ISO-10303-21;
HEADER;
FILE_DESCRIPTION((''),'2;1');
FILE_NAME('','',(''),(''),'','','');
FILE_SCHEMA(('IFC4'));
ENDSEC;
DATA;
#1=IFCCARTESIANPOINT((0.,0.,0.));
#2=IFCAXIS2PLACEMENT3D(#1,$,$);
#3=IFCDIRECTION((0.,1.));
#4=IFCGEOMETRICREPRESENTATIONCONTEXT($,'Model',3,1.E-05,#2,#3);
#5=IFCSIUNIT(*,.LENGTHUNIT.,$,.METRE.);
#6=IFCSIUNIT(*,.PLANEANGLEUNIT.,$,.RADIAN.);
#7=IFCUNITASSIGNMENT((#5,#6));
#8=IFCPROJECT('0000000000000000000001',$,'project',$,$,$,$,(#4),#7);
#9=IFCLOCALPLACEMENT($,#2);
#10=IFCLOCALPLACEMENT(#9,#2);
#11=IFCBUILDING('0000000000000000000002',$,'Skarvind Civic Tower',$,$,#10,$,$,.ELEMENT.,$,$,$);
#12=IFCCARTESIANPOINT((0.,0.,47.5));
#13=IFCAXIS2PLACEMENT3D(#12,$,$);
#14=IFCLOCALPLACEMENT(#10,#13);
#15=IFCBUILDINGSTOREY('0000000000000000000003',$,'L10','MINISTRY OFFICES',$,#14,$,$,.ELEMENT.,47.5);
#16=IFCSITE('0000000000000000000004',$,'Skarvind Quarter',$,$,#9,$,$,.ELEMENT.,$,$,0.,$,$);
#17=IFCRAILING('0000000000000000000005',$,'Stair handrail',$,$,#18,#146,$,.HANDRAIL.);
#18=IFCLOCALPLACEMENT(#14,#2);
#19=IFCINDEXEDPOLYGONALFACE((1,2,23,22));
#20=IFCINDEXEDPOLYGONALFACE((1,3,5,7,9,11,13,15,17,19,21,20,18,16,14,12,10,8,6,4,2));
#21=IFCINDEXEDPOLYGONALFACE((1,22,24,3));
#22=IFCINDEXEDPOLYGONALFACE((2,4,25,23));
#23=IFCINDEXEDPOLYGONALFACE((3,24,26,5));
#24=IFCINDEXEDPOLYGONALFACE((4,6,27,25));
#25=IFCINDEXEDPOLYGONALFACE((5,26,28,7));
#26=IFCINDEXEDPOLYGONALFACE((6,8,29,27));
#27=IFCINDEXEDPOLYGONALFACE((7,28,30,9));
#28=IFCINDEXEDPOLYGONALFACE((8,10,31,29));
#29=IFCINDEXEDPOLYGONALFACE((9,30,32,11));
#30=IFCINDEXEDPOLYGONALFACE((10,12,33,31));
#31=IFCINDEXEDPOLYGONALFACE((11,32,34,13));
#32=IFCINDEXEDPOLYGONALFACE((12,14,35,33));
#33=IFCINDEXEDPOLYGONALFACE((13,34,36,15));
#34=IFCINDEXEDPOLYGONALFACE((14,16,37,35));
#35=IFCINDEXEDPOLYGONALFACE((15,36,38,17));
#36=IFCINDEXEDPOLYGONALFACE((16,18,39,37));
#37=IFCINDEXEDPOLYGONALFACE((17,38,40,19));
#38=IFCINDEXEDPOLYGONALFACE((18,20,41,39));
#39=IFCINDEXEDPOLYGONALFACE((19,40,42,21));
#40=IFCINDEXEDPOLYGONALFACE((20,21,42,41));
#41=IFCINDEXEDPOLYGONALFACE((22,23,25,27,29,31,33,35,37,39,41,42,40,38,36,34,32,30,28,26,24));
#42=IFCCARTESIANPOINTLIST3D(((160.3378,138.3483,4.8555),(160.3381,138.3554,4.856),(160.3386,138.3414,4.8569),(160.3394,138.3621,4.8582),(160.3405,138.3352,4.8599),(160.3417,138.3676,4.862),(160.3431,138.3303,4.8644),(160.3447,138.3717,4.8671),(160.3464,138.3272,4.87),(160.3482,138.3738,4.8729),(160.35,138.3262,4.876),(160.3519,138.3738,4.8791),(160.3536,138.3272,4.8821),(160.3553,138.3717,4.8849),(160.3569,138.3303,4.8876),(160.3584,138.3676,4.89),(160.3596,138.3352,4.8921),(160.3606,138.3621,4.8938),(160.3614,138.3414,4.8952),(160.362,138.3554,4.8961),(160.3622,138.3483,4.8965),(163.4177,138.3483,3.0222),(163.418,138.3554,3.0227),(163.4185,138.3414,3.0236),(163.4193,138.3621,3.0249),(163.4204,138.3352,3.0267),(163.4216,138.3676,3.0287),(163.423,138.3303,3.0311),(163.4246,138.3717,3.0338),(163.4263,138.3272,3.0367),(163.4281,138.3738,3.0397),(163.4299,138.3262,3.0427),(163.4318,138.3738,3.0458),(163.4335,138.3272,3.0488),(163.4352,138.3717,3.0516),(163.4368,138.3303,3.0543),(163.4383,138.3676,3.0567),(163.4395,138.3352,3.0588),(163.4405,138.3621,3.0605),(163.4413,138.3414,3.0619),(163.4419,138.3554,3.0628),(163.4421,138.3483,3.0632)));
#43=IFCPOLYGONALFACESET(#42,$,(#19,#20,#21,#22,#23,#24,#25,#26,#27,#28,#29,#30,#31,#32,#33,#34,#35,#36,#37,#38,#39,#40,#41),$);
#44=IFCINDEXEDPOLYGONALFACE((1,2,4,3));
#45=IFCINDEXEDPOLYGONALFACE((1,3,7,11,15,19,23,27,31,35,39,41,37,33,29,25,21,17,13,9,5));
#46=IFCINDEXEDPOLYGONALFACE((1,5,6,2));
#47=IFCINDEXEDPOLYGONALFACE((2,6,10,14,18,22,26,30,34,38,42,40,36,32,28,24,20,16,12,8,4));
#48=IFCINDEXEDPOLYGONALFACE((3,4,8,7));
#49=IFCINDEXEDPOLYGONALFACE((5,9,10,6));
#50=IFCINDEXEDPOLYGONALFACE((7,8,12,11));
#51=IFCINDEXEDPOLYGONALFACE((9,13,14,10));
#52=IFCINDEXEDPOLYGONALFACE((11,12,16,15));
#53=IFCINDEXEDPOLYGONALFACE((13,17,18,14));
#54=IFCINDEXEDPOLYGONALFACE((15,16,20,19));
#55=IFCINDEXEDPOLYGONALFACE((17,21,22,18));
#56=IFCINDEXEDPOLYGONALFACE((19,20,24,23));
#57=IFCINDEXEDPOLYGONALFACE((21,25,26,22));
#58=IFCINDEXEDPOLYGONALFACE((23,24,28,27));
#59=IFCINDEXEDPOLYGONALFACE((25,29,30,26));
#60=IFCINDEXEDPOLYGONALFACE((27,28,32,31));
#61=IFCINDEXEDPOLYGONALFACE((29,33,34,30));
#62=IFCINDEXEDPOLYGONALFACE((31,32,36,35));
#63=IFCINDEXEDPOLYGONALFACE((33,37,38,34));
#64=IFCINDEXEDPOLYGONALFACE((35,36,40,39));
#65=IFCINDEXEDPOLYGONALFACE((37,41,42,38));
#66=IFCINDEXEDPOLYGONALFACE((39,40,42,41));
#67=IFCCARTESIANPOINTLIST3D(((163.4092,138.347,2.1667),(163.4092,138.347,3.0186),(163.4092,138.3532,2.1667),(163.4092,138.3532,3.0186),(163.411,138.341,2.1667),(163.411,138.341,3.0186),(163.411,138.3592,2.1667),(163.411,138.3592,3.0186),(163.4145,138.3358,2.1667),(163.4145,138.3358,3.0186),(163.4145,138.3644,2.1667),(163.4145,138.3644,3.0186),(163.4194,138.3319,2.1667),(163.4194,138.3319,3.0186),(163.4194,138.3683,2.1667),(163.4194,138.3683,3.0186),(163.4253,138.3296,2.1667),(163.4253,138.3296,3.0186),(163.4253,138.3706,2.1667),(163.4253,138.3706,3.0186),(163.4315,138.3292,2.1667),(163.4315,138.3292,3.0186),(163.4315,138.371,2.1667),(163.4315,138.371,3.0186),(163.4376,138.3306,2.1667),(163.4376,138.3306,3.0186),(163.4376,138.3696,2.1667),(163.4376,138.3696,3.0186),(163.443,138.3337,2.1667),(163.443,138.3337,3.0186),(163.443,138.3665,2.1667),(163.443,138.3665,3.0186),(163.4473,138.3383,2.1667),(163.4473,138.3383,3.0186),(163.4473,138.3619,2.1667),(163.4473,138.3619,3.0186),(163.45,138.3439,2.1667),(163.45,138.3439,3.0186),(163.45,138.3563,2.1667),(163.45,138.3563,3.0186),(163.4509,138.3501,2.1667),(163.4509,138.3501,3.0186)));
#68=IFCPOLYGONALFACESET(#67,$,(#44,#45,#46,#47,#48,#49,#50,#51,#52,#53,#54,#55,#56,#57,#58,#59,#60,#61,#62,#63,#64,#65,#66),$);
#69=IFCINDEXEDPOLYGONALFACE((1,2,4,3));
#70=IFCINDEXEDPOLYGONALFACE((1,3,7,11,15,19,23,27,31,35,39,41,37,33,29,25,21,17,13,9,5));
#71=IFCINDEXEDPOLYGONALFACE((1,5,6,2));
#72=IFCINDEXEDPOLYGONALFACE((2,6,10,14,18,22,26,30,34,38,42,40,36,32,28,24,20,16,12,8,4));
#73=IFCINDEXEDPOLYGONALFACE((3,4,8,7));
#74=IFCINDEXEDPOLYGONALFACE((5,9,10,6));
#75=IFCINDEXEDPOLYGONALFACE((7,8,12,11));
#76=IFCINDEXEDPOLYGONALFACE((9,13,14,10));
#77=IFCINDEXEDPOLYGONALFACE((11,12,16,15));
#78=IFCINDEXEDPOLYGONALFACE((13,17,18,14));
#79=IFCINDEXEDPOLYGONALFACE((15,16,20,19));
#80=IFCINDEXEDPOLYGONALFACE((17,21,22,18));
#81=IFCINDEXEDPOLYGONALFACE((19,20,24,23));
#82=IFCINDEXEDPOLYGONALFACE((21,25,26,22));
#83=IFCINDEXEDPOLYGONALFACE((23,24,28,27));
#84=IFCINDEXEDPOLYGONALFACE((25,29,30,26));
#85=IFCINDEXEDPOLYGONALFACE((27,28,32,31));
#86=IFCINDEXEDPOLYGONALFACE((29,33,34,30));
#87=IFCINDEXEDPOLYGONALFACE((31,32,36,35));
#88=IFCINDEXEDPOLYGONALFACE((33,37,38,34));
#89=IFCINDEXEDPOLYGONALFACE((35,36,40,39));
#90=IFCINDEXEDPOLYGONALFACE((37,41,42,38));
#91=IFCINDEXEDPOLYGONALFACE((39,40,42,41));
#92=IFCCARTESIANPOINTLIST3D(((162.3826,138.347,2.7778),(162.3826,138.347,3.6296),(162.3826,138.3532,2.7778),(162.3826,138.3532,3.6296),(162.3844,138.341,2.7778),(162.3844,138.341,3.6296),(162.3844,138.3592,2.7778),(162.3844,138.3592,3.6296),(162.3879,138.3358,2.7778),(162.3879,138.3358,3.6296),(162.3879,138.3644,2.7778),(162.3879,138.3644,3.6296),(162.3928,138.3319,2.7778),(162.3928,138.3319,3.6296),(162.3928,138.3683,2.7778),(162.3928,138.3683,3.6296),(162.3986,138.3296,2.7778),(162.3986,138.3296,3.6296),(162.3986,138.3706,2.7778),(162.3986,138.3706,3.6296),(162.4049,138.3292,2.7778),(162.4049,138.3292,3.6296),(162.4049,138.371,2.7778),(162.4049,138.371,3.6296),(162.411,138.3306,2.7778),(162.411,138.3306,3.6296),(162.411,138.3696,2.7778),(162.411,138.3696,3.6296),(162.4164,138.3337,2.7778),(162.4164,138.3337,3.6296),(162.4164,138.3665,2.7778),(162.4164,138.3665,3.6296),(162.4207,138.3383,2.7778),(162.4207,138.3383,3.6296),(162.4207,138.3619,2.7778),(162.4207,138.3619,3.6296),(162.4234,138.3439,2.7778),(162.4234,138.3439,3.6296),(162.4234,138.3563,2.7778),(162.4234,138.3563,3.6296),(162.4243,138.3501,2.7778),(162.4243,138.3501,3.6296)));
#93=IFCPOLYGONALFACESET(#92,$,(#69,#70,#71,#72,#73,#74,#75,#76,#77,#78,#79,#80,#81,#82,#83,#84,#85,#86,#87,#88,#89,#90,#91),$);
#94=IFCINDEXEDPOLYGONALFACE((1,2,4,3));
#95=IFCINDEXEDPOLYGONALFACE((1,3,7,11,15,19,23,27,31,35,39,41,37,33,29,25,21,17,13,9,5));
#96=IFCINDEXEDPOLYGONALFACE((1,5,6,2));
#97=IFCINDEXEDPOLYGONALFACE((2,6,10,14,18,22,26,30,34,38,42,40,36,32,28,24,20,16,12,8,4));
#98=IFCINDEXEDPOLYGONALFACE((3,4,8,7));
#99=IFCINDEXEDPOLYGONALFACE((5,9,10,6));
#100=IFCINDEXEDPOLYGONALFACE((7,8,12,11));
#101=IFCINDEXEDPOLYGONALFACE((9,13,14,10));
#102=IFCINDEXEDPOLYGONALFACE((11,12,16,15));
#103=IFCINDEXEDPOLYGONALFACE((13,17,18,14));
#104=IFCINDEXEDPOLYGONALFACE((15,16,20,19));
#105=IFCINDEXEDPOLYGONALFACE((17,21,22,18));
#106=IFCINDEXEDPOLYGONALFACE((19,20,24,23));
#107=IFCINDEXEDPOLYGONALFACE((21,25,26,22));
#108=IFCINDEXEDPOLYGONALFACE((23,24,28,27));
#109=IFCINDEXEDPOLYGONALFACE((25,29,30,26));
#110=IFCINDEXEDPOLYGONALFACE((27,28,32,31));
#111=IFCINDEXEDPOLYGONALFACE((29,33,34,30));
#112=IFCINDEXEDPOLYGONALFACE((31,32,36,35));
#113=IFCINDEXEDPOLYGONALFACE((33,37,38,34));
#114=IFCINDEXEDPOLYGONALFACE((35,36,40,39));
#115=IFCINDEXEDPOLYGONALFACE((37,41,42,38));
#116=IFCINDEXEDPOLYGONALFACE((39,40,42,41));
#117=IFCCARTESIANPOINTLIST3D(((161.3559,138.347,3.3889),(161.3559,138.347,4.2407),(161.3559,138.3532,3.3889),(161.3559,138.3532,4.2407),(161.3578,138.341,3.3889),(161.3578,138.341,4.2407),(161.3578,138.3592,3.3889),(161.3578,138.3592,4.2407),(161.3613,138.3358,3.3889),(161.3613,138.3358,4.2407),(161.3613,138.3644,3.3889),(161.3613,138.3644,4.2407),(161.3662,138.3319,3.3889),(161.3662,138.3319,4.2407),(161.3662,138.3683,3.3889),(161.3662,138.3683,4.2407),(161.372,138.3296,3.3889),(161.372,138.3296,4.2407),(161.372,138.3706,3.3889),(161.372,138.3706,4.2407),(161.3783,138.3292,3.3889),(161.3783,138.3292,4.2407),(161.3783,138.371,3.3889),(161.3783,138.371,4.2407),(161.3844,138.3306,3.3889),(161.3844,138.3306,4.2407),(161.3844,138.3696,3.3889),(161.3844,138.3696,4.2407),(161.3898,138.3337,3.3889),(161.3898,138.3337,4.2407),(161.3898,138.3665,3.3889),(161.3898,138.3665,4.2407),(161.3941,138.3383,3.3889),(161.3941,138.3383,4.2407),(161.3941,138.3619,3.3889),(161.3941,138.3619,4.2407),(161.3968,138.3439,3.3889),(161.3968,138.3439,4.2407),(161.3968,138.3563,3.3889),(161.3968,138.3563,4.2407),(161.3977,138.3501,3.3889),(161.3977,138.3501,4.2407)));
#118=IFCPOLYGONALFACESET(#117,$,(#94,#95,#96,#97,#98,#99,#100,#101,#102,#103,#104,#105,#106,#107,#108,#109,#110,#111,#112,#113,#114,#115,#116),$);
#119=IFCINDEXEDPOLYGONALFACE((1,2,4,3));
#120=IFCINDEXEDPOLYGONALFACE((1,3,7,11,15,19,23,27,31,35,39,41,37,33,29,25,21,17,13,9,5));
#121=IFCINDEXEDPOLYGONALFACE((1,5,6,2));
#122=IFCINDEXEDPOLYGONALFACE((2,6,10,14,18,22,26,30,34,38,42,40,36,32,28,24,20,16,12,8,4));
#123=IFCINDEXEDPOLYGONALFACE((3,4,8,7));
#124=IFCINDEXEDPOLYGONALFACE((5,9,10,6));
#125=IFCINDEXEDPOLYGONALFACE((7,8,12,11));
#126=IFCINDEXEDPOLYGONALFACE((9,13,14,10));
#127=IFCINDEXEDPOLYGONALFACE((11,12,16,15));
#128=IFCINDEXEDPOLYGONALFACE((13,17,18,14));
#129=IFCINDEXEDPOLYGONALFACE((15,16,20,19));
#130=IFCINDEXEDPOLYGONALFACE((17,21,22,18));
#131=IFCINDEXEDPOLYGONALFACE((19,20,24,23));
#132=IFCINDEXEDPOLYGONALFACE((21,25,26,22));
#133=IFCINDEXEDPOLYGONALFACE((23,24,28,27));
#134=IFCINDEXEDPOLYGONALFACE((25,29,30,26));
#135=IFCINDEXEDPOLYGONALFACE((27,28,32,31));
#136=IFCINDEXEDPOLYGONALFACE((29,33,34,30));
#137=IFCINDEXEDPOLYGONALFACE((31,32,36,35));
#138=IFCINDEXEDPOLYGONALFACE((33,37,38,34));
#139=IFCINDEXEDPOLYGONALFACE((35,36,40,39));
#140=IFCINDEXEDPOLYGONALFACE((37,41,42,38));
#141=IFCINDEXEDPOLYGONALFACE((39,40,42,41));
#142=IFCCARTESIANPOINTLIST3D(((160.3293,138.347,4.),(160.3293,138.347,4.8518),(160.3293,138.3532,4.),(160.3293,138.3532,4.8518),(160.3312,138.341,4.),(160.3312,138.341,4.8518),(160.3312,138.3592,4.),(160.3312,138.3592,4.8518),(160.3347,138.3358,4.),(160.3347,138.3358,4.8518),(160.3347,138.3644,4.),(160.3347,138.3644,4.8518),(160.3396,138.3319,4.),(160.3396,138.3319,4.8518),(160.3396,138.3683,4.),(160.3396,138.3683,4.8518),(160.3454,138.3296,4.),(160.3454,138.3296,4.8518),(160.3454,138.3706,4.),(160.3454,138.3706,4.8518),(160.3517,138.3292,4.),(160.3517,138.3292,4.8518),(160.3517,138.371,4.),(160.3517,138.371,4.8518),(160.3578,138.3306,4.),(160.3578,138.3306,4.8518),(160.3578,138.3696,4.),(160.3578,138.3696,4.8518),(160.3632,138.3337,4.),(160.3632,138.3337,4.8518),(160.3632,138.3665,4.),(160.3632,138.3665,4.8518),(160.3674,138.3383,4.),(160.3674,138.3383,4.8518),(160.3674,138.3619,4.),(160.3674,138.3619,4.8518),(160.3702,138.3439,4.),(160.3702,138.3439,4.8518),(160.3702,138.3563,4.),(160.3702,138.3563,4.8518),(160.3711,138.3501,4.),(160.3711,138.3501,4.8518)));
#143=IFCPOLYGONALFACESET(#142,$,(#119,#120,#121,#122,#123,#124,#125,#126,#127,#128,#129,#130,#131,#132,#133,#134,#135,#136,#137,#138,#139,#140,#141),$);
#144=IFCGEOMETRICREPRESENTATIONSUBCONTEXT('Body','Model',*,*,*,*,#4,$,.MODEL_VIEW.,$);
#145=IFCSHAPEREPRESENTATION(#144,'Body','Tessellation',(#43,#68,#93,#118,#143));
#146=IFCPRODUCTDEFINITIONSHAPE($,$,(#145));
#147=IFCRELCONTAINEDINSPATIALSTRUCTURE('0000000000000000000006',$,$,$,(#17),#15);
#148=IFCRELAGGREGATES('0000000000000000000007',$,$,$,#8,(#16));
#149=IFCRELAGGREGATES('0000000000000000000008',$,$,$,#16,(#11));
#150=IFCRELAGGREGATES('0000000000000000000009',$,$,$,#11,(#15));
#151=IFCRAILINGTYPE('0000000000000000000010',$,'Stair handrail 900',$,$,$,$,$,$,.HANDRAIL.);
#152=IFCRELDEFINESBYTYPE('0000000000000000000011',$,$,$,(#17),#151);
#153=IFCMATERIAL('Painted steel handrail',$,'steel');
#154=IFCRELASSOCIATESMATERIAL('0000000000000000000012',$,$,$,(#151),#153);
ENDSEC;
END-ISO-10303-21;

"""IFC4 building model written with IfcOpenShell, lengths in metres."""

from ifc_helpers import new_model, si_unit, direction, frame, origin, origin_2d, place, context, subcontext, project, spatial, circle, extrude, material, type_object, element, save


model = new_model("IFC4")

# Units and contexts
model_context = context("Model", 3, precision=1e-05, world=origin(), true_north=direction((0.0, 1.0)))
body_context = subcontext(model_context, "Body", "Model", "MODEL_VIEW")
ifc_project = project(units=[si_unit("LENGTHUNIT", "METRE"), si_unit("PLANEANGLEUNIT", "RADIAN")], contexts=[model_context])

# Site, building, storey
site_placement = place(None, origin())
site = spatial("IfcSite", under=ifc_project, at=site_placement, Name="Skarvind Quarter", CompositionType="ELEMENT", RefElevation=0.0)
building_placement = place(site_placement, origin())
building = spatial("IfcBuilding", under=site, at=building_placement, Name="Skarvind Civic Tower", CompositionType="ELEMENT")
storey_placement = place(building_placement, frame((0.0, 0.0, 47.5)))
storey = spatial("IfcBuildingStorey", under=building, at=storey_placement, Name="L10", Description="MINISTRY OFFICES", CompositionType="ELEMENT", Elevation=47.5)

# Railing
ifc_material_1 = material(Name="Painted steel handrail", Category="steel")
railing_type = type_object("IfcRailingType", Name="Stair handrail 900", PredefinedType="HANDRAIL", material=ifc_material_1)
railing_1_placement = place(storey_placement, frame((163.4299, 138.3501, 2.1667)))
element("IfcRailing", 1, at=railing_1_placement, inside=storey, type_object=railing_type, Name="Stair handrail", PredefinedType="HANDRAIL", context=body_context, shape_type="SweptSolid", body=[
    extrude(circle(Radius=0.0239, at=origin_2d()), frame((0.0, 0.0, 0.876), z_axis=(-0.859291, 0.0, 0.511487), x_axis=(0.0, -1.0, 0.0)), (0.0, 0.0, 1.0), 3.5842),
    extrude(circle(Radius=0.021, at=origin_2d()), origin(), (0.0, 0.0, 1.0), 0.8518),
    extrude(circle(Radius=0.021, at=origin_2d()), frame((-1.0266, 0.0, 0.6111)), (0.0, 0.0, 1.0), 0.8518),
    extrude(circle(Radius=0.021, at=origin_2d()), frame((-2.0532, 0.0, 1.2222)), (0.0, 0.0, 1.0), 0.8518),
    extrude(circle(Radius=0.021, at=origin_2d()), frame((-3.0798, 0.0, 1.8333)), (0.0, 0.0, 1.0), 0.8518),
])

save(model, "model.ifc")
